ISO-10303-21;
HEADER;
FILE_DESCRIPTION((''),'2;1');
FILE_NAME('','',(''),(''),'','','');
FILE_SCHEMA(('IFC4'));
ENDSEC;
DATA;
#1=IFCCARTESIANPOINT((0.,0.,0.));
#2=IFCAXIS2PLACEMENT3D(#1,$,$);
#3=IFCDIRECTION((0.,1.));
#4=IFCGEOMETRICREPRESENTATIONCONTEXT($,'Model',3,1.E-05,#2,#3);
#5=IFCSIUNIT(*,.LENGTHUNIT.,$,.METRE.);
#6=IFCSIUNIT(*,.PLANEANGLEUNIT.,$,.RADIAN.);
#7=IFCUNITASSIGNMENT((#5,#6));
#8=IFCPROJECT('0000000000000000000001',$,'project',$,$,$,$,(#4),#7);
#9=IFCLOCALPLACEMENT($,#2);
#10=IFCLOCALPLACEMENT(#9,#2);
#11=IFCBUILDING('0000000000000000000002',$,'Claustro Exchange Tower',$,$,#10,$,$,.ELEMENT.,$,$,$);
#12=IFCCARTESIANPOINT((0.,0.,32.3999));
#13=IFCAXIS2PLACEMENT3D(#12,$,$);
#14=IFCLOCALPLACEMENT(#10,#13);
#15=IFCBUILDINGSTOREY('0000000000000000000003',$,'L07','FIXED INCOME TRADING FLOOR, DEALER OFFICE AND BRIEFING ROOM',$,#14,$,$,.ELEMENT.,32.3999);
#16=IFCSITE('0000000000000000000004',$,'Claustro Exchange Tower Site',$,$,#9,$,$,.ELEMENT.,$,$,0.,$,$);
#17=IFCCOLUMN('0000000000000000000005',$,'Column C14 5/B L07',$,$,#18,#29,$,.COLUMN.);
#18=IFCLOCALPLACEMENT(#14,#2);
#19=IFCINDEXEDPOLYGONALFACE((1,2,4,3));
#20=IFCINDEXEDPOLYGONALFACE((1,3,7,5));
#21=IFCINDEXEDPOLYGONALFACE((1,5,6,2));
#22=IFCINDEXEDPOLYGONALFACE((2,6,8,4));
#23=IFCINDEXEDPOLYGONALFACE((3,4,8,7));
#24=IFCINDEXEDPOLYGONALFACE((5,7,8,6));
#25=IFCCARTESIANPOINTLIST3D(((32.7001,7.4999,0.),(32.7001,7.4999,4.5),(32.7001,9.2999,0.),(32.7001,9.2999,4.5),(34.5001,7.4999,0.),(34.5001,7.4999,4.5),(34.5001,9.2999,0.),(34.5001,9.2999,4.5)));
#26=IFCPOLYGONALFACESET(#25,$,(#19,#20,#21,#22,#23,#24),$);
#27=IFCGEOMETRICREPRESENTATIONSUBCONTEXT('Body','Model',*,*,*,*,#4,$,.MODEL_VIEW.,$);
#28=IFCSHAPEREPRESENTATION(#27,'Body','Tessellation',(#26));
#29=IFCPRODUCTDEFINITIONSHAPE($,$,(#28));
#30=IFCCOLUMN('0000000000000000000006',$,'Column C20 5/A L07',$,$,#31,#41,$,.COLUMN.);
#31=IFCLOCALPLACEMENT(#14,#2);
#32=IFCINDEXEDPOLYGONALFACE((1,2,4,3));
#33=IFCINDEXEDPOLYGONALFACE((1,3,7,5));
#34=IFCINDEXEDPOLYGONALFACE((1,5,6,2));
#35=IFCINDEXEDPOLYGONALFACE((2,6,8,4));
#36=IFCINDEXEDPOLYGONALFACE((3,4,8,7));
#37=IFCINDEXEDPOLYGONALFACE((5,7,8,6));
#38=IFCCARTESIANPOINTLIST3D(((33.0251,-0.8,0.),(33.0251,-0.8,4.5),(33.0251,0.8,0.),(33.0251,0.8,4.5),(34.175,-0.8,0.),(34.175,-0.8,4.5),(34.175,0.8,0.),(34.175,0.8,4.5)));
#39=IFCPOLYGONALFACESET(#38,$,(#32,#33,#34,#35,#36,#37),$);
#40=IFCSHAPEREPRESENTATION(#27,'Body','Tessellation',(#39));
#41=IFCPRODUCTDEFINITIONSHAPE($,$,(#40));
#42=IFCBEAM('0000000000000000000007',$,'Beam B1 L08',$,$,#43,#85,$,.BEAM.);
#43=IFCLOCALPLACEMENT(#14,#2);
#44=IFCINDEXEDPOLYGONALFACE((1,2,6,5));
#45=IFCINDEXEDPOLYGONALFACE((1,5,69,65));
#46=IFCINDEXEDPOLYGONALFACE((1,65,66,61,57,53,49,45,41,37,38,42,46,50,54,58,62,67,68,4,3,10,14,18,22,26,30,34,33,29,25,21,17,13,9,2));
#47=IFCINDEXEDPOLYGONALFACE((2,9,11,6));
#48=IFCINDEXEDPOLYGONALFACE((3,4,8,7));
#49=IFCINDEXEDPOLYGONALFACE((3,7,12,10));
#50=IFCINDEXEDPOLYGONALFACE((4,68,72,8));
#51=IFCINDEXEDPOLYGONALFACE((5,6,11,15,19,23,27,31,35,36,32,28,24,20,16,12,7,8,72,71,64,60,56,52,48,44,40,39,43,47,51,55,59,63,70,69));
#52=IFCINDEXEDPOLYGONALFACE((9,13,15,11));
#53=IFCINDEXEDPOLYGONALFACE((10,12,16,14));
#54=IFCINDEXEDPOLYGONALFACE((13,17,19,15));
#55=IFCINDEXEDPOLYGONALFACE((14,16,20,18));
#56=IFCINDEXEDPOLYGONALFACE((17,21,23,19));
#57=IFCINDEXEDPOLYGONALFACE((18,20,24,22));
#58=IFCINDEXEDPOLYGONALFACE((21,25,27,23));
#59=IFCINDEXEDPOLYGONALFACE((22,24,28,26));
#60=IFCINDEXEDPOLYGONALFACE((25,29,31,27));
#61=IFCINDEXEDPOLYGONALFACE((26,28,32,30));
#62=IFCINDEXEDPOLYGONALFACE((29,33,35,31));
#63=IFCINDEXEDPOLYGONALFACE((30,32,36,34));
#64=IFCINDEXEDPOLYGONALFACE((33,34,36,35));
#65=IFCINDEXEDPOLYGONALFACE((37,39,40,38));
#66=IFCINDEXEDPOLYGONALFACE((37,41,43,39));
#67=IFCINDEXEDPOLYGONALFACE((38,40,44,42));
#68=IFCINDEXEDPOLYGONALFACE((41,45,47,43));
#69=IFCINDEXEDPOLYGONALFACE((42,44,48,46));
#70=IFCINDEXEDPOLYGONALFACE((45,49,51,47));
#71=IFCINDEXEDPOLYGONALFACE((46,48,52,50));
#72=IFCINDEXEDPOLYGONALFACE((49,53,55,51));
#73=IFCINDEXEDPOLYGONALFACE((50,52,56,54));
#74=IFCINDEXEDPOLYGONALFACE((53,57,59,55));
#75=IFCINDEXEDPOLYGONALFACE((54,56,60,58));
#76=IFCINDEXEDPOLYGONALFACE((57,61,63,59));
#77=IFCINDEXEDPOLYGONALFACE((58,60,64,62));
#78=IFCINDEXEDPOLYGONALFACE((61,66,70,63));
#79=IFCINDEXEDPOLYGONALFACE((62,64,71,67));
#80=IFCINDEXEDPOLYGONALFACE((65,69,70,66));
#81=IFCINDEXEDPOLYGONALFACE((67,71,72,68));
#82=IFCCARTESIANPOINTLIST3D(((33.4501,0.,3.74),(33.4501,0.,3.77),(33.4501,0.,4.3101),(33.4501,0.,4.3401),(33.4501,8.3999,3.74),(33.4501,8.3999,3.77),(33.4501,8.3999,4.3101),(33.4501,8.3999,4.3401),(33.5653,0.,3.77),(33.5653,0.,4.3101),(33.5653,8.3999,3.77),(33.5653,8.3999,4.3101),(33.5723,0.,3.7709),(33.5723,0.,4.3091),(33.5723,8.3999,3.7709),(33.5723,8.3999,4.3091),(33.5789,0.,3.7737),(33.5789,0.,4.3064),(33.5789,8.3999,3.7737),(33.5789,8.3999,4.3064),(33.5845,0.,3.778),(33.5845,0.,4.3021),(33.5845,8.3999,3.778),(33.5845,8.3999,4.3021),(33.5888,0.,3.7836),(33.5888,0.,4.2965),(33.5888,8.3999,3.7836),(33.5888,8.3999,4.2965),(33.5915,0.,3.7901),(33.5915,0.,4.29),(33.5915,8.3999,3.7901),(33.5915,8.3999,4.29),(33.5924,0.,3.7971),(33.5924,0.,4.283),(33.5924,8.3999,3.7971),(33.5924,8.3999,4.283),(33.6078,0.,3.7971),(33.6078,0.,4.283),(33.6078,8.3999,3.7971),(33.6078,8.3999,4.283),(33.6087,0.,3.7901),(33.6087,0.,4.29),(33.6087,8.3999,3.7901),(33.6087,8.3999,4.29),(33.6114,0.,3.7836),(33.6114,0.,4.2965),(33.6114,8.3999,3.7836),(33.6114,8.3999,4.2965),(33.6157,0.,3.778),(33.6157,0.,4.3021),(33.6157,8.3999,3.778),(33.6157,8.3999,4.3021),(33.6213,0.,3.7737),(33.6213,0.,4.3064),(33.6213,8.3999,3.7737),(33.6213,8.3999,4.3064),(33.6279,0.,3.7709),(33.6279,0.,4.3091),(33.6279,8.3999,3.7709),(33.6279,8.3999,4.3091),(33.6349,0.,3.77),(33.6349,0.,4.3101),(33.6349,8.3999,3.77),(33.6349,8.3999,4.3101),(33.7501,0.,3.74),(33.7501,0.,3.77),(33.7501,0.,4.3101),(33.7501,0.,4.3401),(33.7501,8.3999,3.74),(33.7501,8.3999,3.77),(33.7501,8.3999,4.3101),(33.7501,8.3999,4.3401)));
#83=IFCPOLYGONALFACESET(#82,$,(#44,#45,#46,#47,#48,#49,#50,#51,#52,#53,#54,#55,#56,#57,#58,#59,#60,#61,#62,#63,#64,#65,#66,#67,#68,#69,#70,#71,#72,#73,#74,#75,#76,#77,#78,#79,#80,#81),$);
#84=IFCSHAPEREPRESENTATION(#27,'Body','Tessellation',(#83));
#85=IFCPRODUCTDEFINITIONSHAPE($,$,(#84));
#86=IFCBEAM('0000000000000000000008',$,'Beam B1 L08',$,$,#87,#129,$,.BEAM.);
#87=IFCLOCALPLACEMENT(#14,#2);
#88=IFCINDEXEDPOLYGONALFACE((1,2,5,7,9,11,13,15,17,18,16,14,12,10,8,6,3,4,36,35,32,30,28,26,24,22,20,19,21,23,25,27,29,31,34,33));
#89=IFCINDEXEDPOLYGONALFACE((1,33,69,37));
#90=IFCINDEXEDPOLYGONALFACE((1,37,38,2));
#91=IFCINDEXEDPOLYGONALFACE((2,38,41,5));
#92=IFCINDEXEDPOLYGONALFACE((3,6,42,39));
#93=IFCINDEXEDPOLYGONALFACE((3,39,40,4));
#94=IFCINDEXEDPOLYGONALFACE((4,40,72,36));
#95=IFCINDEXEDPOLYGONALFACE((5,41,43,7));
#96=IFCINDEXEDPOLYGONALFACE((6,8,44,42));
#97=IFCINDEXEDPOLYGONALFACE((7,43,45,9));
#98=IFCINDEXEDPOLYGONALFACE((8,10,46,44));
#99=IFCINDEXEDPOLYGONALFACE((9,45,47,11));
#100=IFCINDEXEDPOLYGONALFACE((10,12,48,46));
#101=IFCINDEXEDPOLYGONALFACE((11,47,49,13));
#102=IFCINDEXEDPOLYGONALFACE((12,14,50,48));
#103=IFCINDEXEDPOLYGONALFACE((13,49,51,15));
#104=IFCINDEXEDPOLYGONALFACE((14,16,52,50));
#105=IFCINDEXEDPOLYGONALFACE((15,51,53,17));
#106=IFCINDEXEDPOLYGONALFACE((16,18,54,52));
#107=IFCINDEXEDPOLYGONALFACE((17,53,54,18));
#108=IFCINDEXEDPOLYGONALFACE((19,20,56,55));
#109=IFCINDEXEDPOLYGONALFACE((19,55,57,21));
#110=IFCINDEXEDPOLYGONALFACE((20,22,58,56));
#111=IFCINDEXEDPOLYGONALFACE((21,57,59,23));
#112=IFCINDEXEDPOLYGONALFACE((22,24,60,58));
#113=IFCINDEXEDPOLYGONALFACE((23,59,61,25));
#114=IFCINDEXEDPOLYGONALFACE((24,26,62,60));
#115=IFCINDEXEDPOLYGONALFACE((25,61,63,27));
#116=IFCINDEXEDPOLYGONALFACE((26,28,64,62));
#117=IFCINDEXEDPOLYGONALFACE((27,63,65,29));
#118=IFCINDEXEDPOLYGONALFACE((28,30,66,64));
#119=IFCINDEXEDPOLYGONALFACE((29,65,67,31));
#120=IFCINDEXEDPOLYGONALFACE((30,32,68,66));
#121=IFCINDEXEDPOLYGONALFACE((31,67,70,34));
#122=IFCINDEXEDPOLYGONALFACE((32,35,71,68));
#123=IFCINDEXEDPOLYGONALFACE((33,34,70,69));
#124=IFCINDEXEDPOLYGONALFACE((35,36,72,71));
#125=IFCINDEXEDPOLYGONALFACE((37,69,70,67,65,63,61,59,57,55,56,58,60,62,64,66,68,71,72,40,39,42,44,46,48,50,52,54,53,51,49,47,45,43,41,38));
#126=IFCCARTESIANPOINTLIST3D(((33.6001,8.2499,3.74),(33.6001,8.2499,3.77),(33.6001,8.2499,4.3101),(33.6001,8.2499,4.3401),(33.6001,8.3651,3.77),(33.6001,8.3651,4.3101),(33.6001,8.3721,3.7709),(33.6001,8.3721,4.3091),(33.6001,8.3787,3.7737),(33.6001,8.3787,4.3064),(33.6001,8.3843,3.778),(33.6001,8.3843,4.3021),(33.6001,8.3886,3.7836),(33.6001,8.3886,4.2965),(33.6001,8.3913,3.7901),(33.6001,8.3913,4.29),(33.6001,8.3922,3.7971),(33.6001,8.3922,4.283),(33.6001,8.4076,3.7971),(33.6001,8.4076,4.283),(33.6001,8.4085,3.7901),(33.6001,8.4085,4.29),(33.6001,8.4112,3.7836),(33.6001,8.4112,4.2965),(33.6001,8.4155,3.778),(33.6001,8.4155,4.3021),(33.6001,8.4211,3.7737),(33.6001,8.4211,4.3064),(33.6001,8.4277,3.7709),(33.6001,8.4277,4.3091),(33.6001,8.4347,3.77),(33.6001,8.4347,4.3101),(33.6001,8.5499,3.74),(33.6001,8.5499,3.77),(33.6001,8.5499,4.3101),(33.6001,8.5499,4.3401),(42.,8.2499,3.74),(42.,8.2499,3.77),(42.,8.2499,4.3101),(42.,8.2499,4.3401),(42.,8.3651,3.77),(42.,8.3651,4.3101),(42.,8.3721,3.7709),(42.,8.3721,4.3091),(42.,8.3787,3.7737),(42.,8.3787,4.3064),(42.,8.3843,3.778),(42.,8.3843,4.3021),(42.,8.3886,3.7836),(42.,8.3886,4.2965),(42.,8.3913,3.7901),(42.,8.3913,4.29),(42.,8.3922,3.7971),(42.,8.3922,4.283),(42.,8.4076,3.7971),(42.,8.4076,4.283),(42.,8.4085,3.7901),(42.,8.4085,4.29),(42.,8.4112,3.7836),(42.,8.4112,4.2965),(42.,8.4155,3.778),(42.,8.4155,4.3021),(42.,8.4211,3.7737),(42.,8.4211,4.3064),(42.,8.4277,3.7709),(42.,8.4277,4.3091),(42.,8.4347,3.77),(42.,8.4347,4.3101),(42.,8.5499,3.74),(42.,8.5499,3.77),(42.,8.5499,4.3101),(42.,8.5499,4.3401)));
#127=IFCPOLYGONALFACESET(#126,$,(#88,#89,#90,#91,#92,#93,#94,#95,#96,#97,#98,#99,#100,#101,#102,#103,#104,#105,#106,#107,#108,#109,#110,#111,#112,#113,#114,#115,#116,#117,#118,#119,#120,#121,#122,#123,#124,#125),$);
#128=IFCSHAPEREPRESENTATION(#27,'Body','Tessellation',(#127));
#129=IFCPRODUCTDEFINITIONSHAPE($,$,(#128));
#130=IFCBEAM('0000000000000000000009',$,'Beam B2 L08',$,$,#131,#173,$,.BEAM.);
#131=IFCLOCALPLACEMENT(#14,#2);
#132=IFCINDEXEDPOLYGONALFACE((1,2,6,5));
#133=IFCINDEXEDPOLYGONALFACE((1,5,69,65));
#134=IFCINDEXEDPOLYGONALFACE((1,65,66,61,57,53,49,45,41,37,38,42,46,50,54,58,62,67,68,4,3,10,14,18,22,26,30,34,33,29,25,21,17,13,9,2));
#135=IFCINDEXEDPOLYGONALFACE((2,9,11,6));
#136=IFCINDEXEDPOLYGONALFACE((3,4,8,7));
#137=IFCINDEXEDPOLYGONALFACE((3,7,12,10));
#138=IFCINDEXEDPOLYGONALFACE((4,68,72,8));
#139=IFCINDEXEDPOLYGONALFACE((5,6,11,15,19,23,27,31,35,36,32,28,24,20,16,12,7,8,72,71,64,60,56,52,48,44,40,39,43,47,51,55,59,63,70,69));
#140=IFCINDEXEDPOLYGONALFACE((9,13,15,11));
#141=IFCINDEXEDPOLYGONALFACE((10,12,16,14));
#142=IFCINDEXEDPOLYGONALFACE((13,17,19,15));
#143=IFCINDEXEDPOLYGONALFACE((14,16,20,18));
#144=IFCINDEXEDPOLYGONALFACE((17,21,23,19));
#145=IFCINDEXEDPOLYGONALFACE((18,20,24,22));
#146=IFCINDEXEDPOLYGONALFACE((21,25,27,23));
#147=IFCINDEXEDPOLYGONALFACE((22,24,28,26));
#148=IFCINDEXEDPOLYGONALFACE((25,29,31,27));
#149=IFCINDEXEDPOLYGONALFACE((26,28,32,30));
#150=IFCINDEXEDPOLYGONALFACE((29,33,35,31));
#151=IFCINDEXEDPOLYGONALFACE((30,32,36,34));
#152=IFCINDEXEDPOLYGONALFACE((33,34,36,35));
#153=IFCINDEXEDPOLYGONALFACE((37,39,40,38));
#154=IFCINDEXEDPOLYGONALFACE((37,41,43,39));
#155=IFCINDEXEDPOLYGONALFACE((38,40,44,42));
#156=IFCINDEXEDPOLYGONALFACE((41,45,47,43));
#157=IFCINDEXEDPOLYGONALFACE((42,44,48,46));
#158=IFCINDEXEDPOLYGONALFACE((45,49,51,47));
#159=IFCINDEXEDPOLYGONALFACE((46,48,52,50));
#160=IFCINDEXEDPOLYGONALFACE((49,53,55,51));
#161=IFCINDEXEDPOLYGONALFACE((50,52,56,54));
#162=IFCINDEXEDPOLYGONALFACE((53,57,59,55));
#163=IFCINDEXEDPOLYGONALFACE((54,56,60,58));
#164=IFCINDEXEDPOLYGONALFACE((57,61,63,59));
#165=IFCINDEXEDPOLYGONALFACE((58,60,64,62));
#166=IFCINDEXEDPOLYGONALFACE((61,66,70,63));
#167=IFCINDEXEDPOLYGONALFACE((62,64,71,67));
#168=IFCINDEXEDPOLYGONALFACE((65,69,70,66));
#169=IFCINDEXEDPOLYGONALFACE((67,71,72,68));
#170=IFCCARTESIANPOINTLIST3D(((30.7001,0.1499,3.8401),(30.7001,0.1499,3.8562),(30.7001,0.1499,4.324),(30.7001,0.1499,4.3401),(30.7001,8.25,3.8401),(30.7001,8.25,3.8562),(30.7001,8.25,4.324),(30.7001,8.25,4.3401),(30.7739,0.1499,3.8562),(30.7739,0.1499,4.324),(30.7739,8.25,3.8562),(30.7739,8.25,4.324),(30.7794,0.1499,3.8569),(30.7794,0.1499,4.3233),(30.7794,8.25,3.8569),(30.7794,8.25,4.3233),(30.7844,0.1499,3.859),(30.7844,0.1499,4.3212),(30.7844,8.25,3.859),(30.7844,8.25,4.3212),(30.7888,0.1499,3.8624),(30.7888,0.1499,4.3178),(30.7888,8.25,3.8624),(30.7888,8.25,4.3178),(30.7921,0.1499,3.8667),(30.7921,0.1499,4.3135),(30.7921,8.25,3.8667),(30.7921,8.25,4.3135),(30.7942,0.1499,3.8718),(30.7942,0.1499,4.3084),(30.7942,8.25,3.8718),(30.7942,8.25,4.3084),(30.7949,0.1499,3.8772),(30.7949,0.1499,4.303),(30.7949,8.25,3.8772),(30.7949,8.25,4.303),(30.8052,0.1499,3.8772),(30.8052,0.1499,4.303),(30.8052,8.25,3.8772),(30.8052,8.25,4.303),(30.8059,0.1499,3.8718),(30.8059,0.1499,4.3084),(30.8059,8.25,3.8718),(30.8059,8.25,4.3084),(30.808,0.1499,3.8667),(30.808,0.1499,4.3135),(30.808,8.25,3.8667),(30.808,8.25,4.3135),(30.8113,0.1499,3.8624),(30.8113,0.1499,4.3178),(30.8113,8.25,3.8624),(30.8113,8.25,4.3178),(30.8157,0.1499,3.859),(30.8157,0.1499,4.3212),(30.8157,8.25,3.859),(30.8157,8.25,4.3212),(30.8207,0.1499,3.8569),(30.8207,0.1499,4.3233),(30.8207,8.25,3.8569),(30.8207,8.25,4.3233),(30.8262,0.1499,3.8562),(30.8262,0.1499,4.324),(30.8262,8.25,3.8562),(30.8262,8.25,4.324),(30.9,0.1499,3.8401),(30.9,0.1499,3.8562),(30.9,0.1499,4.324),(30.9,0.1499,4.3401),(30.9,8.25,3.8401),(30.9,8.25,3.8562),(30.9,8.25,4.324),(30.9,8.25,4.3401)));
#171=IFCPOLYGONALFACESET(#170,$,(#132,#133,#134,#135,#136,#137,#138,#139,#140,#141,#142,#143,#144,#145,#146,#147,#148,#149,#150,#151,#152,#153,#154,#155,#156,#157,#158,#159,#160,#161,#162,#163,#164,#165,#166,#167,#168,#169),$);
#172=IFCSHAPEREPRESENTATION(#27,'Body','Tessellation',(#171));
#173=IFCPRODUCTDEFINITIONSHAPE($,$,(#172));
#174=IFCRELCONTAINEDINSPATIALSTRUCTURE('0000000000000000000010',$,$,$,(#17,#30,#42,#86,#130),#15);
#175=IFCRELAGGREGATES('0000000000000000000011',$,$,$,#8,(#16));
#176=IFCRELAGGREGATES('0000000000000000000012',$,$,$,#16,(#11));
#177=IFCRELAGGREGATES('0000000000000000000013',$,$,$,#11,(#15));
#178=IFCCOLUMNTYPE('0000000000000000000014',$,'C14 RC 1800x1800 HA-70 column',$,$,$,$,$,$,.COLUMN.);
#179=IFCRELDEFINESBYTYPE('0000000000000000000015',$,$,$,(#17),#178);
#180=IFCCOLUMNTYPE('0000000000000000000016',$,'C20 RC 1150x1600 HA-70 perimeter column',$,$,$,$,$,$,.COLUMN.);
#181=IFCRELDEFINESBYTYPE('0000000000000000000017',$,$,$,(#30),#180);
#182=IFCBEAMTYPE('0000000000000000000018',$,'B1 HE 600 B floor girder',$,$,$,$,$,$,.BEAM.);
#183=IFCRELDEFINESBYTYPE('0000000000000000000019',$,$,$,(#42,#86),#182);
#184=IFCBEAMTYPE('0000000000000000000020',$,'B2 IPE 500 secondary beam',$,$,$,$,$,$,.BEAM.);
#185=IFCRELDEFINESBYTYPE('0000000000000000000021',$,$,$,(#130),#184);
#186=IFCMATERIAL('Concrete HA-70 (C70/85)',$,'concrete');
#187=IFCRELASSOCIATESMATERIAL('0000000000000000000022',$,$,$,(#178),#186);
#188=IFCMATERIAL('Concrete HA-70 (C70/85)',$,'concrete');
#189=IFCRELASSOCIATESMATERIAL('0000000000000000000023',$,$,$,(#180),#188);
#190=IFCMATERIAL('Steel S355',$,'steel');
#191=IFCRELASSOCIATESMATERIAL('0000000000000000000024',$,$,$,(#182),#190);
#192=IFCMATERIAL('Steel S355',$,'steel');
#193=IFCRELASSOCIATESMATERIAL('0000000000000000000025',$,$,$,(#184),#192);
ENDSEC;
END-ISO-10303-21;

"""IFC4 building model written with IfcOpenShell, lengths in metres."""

from ifc_helpers import new_model, si_unit, direction, frame, origin, origin_2d, place, context, subcontext, project, spatial, rectangle, i_section, extrude, material, material_profile, profile_set, type_object, element, save


model = new_model("IFC4")

# Units and contexts
model_context = context("Model", 3, precision=1e-05, world=origin(), true_north=direction((0.0, 1.0)))
body_context = subcontext(model_context, "Body", "Model", "MODEL_VIEW")
ifc_project = project(units=[si_unit("LENGTHUNIT", "METRE"), si_unit("PLANEANGLEUNIT", "RADIAN")], contexts=[model_context])

# Site, building, storey
site_placement = place(None, origin())
site = spatial("IfcSite", under=ifc_project, at=site_placement, Name="Claustro Exchange Tower Site", CompositionType="ELEMENT", RefElevation=0.0)
building_placement = place(site_placement, origin())
building = spatial("IfcBuilding", under=site, at=building_placement, Name="Claustro Exchange Tower", CompositionType="ELEMENT")
storey_placement = place(building_placement, frame((0.0, 0.0, 32.3999)))
storey = spatial("IfcBuildingStorey", under=building, at=storey_placement, Name="L07", Description="FIXED INCOME TRADING FLOOR, DEALER OFFICE AND BRIEFING ROOM", CompositionType="ELEMENT", Elevation=32.3999)

# Columns
ifc_material_1 = material(Name="Concrete HA-70 (C70/85)", Category="concrete")
ifc_material_profile_1 = material_profile(ifc_material_1, rectangle(XDim=1.8, YDim=1.8, at=origin_2d()), Name="RC 1800x1800")
ifc_profile_set_1 = profile_set([ifc_material_profile_1], Name="Concrete HA-70 (C70/85)")
column_type_1 = type_object("IfcColumnType", Name="C14 RC 1800x1800 HA-70 column", PredefinedType="COLUMN", material=ifc_profile_set_1)
column_1_placement = place(storey_placement, frame((33.6001, 8.3999, 0.0), z_axis=(0.0, 0.0, 1.0), x_axis=(1.0, 0.0, 0.0)))
element("IfcColumn", 1, at=column_1_placement, inside=storey, type_object=column_type_1, Name="Column C14 5/B L07", PredefinedType="COLUMN", context=body_context, shape_type="SweptSolid", body=[
    extrude(rectangle(XDim=1.8, YDim=1.8, at=origin_2d()), origin(), (0.0, 0.0, 1.0), 4.5),
])
ifc_material_2 = material(Name="Concrete HA-70 (C70/85)", Category="concrete")
ifc_material_profile_2 = material_profile(ifc_material_2, rectangle(XDim=1.1499, YDim=1.6001, at=origin_2d()), Name="RC 1150x1600")
ifc_profile_set_2 = profile_set([ifc_material_profile_2], Name="Concrete HA-70 (C70/85)")
column_type_2 = type_object("IfcColumnType", Name="C20 RC 1150x1600 HA-70 perimeter column", PredefinedType="COLUMN", material=ifc_profile_set_2)
column_2_placement = place(storey_placement, frame((33.6001, 0.0, 0.0), z_axis=(0.0, 0.0, 1.0), x_axis=(1.0, 0.0, 0.0)))
element("IfcColumn", 2, at=column_2_placement, inside=storey, type_object=column_type_2, Name="Column C20 5/A L07", PredefinedType="COLUMN", context=body_context, shape_type="SweptSolid", body=[
    extrude(rectangle(XDim=1.1499, YDim=1.6001, at=origin_2d()), origin(), (0.0, 0.0, 1.0), 4.5),
])

# Beams
ifc_material_3 = material(Name="Steel S355", Category="steel")
ifc_material_profile_3 = material_profile(ifc_material_3, i_section(OverallWidth=0.3, OverallDepth=0.6001, WebThickness=0.0154, FlangeThickness=0.03, FilletRadius=0.0271, at=origin_2d()), Name="HE 600 B")
ifc_profile_set_3 = profile_set([ifc_material_profile_3], Name="Steel S355")
beam_type_1 = type_object("IfcBeamType", Name="B1 HE 600 B floor girder", PredefinedType="BEAM", material=ifc_profile_set_3)
for number, where, z_axis, x_axis, name in (
    (3, (33.6001, 0.0, 4.04), (0.0, 1.0, 0.0), (-1.0, 0.0, 0.0), "Beam B1 L08"),
    (4, (33.6001, 8.3999, 4.04), (1.0, 0.0, 0.0), (0.0, 1.0, 0.0), "Beam B1 L08"),
):
    element("IfcBeam", number, at=place(storey_placement, frame(where, z_axis=z_axis, x_axis=x_axis)), inside=storey, type_object=beam_type_1, Name=name, PredefinedType="BEAM", context=body_context, shape_type="SweptSolid", body=[
        extrude(i_section(OverallWidth=0.3, OverallDepth=0.6001, WebThickness=0.0154, FlangeThickness=0.03, FilletRadius=0.0271, at=origin_2d()), origin(), (0.0, 0.0, 1.0), 8.3999),
    ])
ifc_material_4 = material(Name="Steel S355", Category="steel")
ifc_material_profile_4 = material_profile(ifc_material_4, i_section(OverallWidth=0.2, OverallDepth=0.5, WebThickness=0.0103, FlangeThickness=0.0161, FilletRadius=0.021, at=origin_2d()), Name="IPE 500")
ifc_profile_set_4 = profile_set([ifc_material_profile_4], Name="Steel S355")
beam_type_2 = type_object("IfcBeamType", Name="B2 IPE 500 secondary beam", PredefinedType="BEAM", material=ifc_profile_set_4)
beam_1_placement = place(storey_placement, frame((30.8, 0.1499, 4.0901), z_axis=(0.0, 1.0, 0.0), x_axis=(-1.0, 0.0, 0.0)))
element("IfcBeam", 5, at=beam_1_placement, inside=storey, type_object=beam_type_2, Name="Beam B2 L08", PredefinedType="BEAM", context=body_context, shape_type="SweptSolid", body=[
    extrude(i_section(OverallWidth=0.2, OverallDepth=0.5, WebThickness=0.0103, FlangeThickness=0.0161, FilletRadius=0.021, at=origin_2d()), origin(), (0.0, 0.0, 1.0), 8.1001),
])

save(model, "model.ifc")
